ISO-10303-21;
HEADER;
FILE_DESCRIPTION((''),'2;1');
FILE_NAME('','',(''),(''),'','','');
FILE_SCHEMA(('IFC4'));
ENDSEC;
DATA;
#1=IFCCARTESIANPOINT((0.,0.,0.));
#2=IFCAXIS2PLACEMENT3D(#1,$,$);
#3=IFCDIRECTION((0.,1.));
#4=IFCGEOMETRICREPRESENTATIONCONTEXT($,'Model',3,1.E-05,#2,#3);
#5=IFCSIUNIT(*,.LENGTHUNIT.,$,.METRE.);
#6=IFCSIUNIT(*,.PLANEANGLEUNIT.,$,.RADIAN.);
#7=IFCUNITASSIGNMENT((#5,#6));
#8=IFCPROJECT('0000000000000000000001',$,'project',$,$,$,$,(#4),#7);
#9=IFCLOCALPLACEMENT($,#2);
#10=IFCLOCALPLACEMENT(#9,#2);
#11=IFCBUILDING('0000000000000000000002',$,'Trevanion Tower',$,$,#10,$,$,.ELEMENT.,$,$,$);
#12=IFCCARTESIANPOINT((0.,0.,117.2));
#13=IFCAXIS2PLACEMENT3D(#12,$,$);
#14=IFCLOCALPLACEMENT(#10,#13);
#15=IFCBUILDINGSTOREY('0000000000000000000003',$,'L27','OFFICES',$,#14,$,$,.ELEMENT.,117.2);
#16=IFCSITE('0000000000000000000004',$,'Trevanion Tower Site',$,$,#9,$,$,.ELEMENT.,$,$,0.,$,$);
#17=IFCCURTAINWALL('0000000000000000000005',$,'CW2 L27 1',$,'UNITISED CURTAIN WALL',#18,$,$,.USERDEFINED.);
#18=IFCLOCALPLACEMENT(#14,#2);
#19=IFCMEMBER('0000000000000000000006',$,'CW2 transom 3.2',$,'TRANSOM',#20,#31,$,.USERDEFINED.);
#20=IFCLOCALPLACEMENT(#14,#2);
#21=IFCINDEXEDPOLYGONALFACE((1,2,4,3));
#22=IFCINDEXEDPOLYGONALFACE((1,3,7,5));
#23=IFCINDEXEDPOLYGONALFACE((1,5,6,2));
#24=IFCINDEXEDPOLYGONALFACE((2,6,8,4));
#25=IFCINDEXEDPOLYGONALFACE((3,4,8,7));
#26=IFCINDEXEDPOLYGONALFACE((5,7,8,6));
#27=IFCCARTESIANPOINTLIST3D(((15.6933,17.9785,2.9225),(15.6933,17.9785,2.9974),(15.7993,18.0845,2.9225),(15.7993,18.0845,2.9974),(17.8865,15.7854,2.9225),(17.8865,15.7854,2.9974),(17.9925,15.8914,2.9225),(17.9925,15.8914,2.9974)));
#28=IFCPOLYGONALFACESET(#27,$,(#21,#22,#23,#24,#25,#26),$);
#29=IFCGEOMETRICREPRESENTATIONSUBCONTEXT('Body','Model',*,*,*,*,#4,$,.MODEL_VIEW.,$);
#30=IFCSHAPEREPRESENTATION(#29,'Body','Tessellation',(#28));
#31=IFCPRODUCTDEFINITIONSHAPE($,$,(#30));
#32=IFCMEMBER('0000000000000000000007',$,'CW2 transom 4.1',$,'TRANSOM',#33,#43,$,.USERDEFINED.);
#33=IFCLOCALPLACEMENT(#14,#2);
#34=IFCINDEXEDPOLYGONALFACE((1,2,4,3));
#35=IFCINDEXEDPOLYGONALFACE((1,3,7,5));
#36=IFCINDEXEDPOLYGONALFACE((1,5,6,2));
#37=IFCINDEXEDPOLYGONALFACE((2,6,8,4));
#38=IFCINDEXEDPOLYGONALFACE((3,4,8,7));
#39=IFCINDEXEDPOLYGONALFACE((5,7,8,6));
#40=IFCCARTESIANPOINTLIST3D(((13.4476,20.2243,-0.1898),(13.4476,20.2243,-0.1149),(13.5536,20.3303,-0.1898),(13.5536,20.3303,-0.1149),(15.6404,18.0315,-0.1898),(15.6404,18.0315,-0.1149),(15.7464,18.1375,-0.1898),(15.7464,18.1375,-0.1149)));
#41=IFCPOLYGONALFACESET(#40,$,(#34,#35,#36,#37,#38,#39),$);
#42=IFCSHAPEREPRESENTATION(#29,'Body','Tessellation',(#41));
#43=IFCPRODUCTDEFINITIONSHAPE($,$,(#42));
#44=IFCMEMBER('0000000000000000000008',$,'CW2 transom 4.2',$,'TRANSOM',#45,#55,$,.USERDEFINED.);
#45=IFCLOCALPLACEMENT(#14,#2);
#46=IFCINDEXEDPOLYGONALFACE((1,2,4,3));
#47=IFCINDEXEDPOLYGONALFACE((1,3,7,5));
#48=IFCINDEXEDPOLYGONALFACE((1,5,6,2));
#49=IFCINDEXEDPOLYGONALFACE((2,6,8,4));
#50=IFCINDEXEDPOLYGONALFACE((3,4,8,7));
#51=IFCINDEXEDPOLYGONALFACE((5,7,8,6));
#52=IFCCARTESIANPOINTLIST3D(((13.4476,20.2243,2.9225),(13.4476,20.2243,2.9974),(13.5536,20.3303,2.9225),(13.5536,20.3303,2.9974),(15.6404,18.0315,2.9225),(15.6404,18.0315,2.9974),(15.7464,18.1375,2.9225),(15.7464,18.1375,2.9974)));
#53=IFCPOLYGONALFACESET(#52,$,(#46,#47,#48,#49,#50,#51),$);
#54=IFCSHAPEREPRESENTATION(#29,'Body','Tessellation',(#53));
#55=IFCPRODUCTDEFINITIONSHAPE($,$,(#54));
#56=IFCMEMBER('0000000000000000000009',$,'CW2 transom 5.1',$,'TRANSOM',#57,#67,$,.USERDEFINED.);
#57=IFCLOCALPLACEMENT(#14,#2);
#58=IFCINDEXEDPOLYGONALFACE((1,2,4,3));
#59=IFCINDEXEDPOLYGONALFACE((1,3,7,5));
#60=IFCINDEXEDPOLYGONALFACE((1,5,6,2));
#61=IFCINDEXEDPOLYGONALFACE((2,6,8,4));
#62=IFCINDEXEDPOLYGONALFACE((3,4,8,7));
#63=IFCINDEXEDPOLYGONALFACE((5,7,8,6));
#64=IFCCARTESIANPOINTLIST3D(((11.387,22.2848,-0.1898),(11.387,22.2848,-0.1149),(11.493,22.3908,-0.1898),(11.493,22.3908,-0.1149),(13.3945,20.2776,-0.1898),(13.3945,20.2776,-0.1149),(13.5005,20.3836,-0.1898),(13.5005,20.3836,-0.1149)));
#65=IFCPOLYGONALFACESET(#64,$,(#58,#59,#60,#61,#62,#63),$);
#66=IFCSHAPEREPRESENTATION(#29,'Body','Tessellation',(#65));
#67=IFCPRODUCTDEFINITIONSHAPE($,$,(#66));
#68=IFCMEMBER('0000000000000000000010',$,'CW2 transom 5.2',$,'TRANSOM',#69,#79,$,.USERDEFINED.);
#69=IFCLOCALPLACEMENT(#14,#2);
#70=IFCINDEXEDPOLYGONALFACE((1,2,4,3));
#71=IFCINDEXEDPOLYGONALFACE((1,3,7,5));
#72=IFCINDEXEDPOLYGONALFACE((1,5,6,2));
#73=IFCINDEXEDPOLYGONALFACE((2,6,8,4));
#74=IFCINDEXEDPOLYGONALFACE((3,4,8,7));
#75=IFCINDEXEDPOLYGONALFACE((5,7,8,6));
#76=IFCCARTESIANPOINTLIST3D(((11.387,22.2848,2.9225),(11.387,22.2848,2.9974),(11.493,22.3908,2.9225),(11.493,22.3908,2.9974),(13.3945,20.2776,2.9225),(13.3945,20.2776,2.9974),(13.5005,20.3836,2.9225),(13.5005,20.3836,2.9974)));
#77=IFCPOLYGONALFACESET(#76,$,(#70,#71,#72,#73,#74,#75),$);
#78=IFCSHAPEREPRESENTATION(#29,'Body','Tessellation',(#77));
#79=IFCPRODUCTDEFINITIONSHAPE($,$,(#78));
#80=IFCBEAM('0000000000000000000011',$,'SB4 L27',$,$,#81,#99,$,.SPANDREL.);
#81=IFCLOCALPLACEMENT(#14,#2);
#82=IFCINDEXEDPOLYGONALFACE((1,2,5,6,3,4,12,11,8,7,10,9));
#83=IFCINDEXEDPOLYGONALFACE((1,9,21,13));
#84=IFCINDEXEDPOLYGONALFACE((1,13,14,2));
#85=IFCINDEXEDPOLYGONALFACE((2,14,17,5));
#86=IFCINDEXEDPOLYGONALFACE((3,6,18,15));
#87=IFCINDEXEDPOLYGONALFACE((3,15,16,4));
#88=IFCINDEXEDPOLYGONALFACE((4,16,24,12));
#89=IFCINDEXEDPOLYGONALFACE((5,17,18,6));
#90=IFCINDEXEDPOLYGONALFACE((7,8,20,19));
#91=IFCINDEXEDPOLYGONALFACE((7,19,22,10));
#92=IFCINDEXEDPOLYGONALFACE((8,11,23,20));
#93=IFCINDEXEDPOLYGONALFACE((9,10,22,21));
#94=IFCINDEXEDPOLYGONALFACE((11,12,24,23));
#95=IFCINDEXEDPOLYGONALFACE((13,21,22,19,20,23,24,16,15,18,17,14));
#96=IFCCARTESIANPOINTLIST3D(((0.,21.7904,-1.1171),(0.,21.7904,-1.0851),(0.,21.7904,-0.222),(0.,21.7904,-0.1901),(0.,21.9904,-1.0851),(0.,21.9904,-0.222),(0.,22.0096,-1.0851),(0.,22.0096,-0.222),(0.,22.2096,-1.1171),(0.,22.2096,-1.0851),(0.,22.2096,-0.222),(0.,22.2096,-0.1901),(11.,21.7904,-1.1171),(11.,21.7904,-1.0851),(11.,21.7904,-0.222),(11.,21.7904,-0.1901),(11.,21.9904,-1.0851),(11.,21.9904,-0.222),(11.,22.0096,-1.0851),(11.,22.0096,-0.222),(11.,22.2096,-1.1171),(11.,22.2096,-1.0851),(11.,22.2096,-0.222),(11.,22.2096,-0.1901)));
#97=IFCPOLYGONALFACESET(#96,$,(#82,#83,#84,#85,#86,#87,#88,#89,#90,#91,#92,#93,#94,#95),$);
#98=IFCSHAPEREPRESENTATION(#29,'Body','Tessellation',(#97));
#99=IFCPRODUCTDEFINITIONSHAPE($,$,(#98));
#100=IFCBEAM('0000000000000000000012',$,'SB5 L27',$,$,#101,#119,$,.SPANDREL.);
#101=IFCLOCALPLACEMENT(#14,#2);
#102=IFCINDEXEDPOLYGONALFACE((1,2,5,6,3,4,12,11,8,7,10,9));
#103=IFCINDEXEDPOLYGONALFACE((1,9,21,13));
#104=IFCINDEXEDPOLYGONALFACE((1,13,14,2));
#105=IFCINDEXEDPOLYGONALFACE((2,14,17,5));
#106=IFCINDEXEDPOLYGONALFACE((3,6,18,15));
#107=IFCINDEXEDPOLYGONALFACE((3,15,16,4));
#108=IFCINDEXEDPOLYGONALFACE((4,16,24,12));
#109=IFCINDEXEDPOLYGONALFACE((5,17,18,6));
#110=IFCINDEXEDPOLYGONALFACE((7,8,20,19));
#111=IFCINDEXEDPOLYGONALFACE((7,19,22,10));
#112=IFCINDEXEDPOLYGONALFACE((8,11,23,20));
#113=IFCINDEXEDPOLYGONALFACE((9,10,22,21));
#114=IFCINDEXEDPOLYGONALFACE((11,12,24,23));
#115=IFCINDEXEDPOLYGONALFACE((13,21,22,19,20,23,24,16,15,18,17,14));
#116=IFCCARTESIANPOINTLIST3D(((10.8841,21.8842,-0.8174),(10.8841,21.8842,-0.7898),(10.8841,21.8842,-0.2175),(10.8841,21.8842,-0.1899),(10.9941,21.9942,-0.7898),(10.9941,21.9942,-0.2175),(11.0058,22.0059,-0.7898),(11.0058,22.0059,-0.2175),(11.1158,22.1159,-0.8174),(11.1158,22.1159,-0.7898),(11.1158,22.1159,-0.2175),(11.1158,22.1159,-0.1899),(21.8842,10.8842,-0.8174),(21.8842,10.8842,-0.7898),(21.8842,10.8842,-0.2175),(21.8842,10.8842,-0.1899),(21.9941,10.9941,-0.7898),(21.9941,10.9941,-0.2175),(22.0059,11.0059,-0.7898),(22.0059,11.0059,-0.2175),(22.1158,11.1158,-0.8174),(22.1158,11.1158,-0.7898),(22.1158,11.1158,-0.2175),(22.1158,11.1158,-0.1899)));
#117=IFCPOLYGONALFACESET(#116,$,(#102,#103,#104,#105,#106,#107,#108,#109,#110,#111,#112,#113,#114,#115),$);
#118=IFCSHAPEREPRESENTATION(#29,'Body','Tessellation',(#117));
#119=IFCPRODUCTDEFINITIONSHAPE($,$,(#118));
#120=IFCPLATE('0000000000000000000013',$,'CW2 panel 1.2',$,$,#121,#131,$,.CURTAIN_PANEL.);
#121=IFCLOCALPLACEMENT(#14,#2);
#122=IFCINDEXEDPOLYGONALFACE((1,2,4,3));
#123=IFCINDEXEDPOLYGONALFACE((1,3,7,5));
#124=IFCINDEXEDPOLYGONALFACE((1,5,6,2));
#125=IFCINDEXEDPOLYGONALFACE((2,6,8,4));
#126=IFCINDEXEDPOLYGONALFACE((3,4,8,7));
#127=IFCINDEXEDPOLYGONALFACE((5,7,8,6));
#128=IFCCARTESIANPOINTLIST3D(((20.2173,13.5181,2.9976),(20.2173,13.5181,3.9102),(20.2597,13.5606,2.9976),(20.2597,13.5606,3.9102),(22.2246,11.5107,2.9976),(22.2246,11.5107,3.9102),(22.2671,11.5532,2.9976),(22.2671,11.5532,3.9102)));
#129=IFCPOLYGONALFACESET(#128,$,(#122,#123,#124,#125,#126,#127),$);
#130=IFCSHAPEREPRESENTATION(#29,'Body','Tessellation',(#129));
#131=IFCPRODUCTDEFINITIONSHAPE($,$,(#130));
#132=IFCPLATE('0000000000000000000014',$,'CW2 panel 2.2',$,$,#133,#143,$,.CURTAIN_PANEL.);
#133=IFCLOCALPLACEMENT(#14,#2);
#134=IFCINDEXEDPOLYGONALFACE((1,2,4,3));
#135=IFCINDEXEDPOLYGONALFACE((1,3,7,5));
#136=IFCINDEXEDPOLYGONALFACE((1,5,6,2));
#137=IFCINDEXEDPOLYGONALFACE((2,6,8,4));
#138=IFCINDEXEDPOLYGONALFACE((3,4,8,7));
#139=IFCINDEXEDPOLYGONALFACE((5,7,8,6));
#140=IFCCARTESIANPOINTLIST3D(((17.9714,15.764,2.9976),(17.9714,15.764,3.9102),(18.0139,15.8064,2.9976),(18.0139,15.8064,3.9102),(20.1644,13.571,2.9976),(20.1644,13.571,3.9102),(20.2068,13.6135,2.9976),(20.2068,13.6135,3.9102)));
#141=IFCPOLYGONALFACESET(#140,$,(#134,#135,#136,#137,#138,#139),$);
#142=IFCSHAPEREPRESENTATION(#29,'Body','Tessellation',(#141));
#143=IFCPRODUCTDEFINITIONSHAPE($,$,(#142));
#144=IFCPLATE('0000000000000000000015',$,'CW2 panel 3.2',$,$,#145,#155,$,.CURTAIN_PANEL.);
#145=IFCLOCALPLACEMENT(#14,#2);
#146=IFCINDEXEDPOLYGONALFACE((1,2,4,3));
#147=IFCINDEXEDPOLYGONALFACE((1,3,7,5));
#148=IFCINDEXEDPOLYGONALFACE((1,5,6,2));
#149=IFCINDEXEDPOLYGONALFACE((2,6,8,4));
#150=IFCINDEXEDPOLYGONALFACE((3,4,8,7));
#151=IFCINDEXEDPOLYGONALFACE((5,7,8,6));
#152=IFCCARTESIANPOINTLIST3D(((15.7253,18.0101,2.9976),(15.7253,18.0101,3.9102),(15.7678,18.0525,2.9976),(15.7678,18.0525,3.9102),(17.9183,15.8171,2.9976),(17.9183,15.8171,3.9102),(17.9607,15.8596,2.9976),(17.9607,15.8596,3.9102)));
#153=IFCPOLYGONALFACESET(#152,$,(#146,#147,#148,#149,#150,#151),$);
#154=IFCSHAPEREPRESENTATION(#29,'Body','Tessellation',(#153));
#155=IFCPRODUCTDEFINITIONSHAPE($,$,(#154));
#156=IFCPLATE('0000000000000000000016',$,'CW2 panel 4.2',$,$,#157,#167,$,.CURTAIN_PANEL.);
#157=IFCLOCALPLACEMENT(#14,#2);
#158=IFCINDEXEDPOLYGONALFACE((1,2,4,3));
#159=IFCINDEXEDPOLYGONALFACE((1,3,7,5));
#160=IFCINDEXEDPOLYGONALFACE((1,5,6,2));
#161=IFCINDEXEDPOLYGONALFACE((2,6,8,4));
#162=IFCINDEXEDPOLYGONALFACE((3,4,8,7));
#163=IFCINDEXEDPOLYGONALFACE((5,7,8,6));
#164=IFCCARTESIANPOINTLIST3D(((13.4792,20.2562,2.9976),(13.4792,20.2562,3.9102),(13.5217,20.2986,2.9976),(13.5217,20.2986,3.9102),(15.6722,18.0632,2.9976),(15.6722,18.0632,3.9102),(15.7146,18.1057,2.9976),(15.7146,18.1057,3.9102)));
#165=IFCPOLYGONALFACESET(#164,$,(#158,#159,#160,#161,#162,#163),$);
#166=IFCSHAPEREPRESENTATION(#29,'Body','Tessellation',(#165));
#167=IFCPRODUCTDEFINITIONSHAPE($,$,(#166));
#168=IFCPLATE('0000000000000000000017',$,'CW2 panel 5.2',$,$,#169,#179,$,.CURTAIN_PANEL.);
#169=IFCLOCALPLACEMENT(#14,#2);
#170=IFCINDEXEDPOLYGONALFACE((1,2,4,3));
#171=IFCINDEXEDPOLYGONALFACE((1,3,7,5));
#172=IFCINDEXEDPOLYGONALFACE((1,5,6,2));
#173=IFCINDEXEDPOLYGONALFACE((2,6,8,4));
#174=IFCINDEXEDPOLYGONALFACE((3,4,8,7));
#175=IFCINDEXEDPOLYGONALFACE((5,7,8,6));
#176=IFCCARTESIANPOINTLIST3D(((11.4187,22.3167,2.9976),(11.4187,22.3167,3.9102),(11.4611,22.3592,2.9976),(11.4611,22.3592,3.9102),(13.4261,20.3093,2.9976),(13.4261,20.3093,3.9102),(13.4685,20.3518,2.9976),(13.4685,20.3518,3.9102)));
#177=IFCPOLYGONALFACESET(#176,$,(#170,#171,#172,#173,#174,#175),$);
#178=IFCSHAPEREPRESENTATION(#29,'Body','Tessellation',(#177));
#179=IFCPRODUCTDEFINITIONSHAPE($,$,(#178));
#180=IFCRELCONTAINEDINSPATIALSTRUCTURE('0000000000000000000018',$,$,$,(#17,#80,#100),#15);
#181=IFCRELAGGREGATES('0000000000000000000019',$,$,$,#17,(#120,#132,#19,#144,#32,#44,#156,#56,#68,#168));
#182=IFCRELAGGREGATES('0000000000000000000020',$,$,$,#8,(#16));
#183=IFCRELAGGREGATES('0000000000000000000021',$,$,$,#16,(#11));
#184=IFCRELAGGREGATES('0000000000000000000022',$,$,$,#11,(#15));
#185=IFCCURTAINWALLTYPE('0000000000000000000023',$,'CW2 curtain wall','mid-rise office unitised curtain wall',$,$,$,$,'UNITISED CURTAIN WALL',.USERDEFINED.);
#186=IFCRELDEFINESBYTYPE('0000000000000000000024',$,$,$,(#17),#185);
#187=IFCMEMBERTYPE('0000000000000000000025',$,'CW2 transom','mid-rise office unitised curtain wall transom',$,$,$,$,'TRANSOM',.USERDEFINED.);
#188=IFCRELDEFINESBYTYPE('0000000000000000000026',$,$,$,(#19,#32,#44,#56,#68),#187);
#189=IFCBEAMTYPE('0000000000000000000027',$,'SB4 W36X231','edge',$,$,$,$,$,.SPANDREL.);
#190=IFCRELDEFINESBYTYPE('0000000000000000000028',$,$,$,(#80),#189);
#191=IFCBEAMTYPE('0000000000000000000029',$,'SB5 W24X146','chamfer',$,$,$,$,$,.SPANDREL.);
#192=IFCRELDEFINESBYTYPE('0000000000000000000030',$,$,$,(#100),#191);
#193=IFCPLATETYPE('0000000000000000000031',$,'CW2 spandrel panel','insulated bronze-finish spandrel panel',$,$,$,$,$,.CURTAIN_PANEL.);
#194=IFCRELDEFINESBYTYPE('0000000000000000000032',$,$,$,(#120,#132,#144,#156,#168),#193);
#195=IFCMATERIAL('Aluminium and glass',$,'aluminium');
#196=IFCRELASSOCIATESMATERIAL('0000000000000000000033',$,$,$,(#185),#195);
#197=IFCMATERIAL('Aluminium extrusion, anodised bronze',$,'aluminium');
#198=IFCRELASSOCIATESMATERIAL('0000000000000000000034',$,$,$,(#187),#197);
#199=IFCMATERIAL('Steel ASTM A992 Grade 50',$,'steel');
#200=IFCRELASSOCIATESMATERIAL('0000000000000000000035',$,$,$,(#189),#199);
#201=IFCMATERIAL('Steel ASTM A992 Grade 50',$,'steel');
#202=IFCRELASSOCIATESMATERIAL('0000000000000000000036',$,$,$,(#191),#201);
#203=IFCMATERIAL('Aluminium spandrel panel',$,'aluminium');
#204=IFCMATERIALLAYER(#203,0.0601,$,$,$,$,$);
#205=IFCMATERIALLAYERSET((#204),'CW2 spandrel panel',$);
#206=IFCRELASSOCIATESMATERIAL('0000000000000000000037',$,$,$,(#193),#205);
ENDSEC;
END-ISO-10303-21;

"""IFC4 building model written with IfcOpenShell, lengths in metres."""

from ifc_helpers import new_model, si_unit, direction, frame, origin, origin_2d, place, context, subcontext, project, spatial, rectangle, i_section, extrude, material, layer, layer_set, material_profile, profile_set, type_object, element, aggregate, save


model = new_model("IFC4")

# Units and contexts
model_context = context("Model", 3, precision=1e-05, world=origin(), true_north=direction((0.0, 1.0)))
body_context = subcontext(model_context, "Body", "Model", "MODEL_VIEW")
ifc_project = project(units=[si_unit("LENGTHUNIT", "METRE"), si_unit("PLANEANGLEUNIT", "RADIAN")], contexts=[model_context])

# Site, building, storey
site_placement = place(None, origin())
site = spatial("IfcSite", under=ifc_project, at=site_placement, Name="Trevanion Tower Site", CompositionType="ELEMENT", RefElevation=0.0)
building_placement = place(site_placement, origin())
building = spatial("IfcBuilding", under=site, at=building_placement, Name="Trevanion Tower", CompositionType="ELEMENT")
storey_placement = place(building_placement, frame((0.0, 0.0, 117.2)))
storey = spatial("IfcBuildingStorey", under=building, at=storey_placement, Name="L27", Description="OFFICES", CompositionType="ELEMENT", Elevation=117.2)

# Curtain wall
ifc_material_1 = material(Name="Aluminium and glass", Category="aluminium")
curtain_wall_type = type_object("IfcCurtainWallType", Name="CW2 curtain wall", Description="mid-rise office unitised curtain wall", ElementType="UNITISED CURTAIN WALL", PredefinedType="USERDEFINED", material=ifc_material_1)
curtain_wall_1_placement = place(storey_placement, origin())
curtain_wall_1 = element("IfcCurtainWall", 1, at=curtain_wall_1_placement, inside=storey, type_object=curtain_wall_type, Name="CW2 L27 1", ObjectType="UNITISED CURTAIN WALL", PredefinedType="USERDEFINED")

# Members
ifc_material_2 = material(Name="Aluminium extrusion, anodised bronze", Category="aluminium")
ifc_material_profile_1 = material_profile(ifc_material_2, rectangle(XDim=0.1499, YDim=0.075, at=origin_2d()), Name="CW2 transom")
ifc_profile_set_1 = profile_set([ifc_material_profile_1], Name="Aluminium extrusion, anodised bronze")
member_type_1 = type_object("IfcMemberType", Name="CW2 transom", Description="mid-rise office unitised curtain wall transom", ElementType="TRANSOM", PredefinedType="USERDEFINED", material=ifc_profile_set_1)
member_1_placement = place(storey_placement, frame((17.9395, 15.8384, 2.96), z_axis=(-0.707107, 0.707107, 0.0), x_axis=(-0.707107, -0.707107, 0.0)))
member_1 = element("IfcMember", 2, at=member_1_placement, type_object=member_type_1, Name="CW2 transom 3.2", ObjectType="TRANSOM", PredefinedType="USERDEFINED", context=body_context, shape_type="SweptSolid", body=[
    extrude(rectangle(XDim=0.1499, YDim=0.075, at=origin_2d()), origin(), (0.0, 0.0, 1.0), 3.1016),
])
member_2_placement = place(storey_placement, frame((15.6934, 18.0845, -0.1523), z_axis=(-0.707107, 0.707107, 0.0), x_axis=(-0.707107, -0.707107, 0.0)))
member_2 = element("IfcMember", 3, at=member_2_placement, type_object=member_type_1, Name="CW2 transom 4.1", ObjectType="TRANSOM", PredefinedType="USERDEFINED", context=body_context, shape_type="SweptSolid", body=[
    extrude(rectangle(XDim=0.1499, YDim=0.075, at=origin_2d()), origin(), (0.0, 0.0, 1.0), 3.1011),
])
member_3_placement = place(storey_placement, frame((15.6934, 18.0845, 2.96), z_axis=(-0.707107, 0.707107, 0.0), x_axis=(-0.707107, -0.707107, 0.0)))
member_3 = element("IfcMember", 4, at=member_3_placement, type_object=member_type_1, Name="CW2 transom 4.2", ObjectType="TRANSOM", PredefinedType="USERDEFINED", context=body_context, shape_type="SweptSolid", body=[
    extrude(rectangle(XDim=0.1499, YDim=0.075, at=origin_2d()), origin(), (0.0, 0.0, 1.0), 3.1011),
])
member_4_placement = place(storey_placement, frame((13.4475, 20.3306, -0.1523), z_axis=(-0.70715, 0.707064, 0.0), x_axis=(-0.707064, -0.70715, 0.0)))
member_4 = element("IfcMember", 5, at=member_4_placement, type_object=member_type_1, Name="CW2 transom 5.1", ObjectType="TRANSOM", PredefinedType="USERDEFINED", context=body_context, shape_type="SweptSolid", body=[
    extrude(rectangle(XDim=0.1499, YDim=0.075, at=origin_2d()), origin(), (0.0, 0.0, 1.0), 2.8389),
])
member_5_placement = place(storey_placement, frame((13.4475, 20.3306, 2.96), z_axis=(-0.70715, 0.707064, 0.0), x_axis=(-0.707064, -0.70715, 0.0)))
member_5 = element("IfcMember", 6, at=member_5_placement, type_object=member_type_1, Name="CW2 transom 5.2", ObjectType="TRANSOM", PredefinedType="USERDEFINED", context=body_context, shape_type="SweptSolid", body=[
    extrude(rectangle(XDim=0.1499, YDim=0.075, at=origin_2d()), origin(), (0.0, 0.0, 1.0), 2.8389),
])

# Beams
ifc_material_3 = material(Name="Steel ASTM A992 Grade 50", Category="steel")
ifc_material_profile_2 = material_profile(ifc_material_3, i_section(OverallWidth=0.4192, OverallDepth=0.927, WebThickness=0.0193, FlangeThickness=0.032, at=origin_2d()), Name="W36X231")
ifc_profile_set_2 = profile_set([ifc_material_profile_2], Name="Steel ASTM A992 Grade 50")
beam_type_1 = type_object("IfcBeamType", Name="SB4 W36X231", Description="edge", PredefinedType="SPANDREL", material=ifc_profile_set_2)
beam_1_placement = place(storey_placement, frame((11.0, 22.0, -0.6536), z_axis=(-1.0, 0.0, 0.0), x_axis=(0.0, -1.0, 0.0)))
element("IfcBeam", 7, at=beam_1_placement, inside=storey, type_object=beam_type_1, Name="SB4 L27", PredefinedType="SPANDREL", context=body_context, shape_type="SweptSolid", body=[
    extrude(i_section(OverallWidth=0.4192, OverallDepth=0.927, WebThickness=0.0193, FlangeThickness=0.032, at=origin_2d()), origin(), (0.0, 0.0, 1.0), 11.0),
])
ifc_material_4 = material(Name="Steel ASTM A992 Grade 50", Category="steel")
ifc_material_profile_3 = material_profile(ifc_material_4, i_section(OverallWidth=0.3276, OverallDepth=0.6274, WebThickness=0.0166, FlangeThickness=0.0276, at=origin_2d()), Name="W24X146")
ifc_profile_set_3 = profile_set([ifc_material_profile_3], Name="Steel ASTM A992 Grade 50")
beam_type_2 = type_object("IfcBeamType", Name="SB5 W24X146", Description="chamfer", PredefinedType="SPANDREL", material=ifc_profile_set_3)
beam_2_placement = place(storey_placement, frame((22.0, 11.0, -0.5037), z_axis=(-0.707107, 0.707107, 0.0), x_axis=(-0.707107, -0.707107, 0.0)))
element("IfcBeam", 8, at=beam_2_placement, inside=storey, type_object=beam_type_2, Name="SB5 L27", PredefinedType="SPANDREL", context=body_context, shape_type="SweptSolid", body=[
    extrude(i_section(OverallWidth=0.3276, OverallDepth=0.6274, WebThickness=0.0166, FlangeThickness=0.0276, at=origin_2d()), origin(), (0.0, 0.0, 1.0), 15.5564),
])

# Plates
ifc_material_5 = material(Name="Aluminium spandrel panel", Category="aluminium")
ifc_layer_1 = layer(ifc_material_5, 0.0601)
ifc_layer_set_1 = layer_set([ifc_layer_1], Name="CW2 spandrel panel")
plate_type_1 = type_object("IfcPlateType", Name="CW2 spandrel panel", Description="insulated bronze-finish spandrel panel", PredefinedType="CURTAIN_PANEL", material=ifc_layer_set_1)
plate_1_placement = place(storey_placement, frame((21.2422, 12.5356, 2.9976), z_axis=(0.0, 0.0, 1.0), x_axis=(-0.707107, 0.707107, 0.0)))
plate_1 = element("IfcPlate", 9, at=plate_1_placement, type_object=plate_type_1, Name="CW2 panel 1.2", PredefinedType="CURTAIN_PANEL", context=body_context, shape_type="SweptSolid", body=[
    extrude(rectangle(XDim=2.8389, YDim=0.0601, at=origin_2d()), origin(), (0.0, 0.0, 1.0), 0.9126),
])
plate_2_placement = place(storey_placement, frame((19.0891, 14.6887, 2.9976), z_axis=(0.0, 0.0, 1.0), x_axis=(-0.707107, 0.707107, 0.0)))
plate_2 = element("IfcPlate", 10, at=plate_2_placement, type_object=plate_type_1, Name="CW2 panel 2.2", PredefinedType="CURTAIN_PANEL", context=body_context, shape_type="SweptSolid", body=[
    extrude(rectangle(XDim=3.1013, YDim=0.0601, at=origin_2d()), origin(), (0.0, 0.0, 1.0), 0.9126),
])
plate_3_placement = place(storey_placement, frame((16.843, 16.9348, 2.9976), z_axis=(0.0, 0.0, 1.0), x_axis=(-0.707107, 0.707107, 0.0)))
plate_3 = element("IfcPlate", 11, at=plate_3_placement, type_object=plate_type_1, Name="CW2 panel 3.2", PredefinedType="CURTAIN_PANEL", context=body_context, shape_type="SweptSolid", body=[
    extrude(rectangle(XDim=3.1013, YDim=0.0601, at=origin_2d()), origin(), (0.0, 0.0, 1.0), 0.9126),
])
plate_4_placement = place(storey_placement, frame((14.5969, 19.1809, 2.9976), z_axis=(0.0, 0.0, 1.0), x_axis=(-0.707107, 0.707107, 0.0)))
plate_4 = element("IfcPlate", 12, at=plate_4_placement, type_object=plate_type_1, Name="CW2 panel 4.2", PredefinedType="CURTAIN_PANEL", context=body_context, shape_type="SweptSolid", body=[
    extrude(rectangle(XDim=3.1013, YDim=0.0601, at=origin_2d()), origin(), (0.0, 0.0, 1.0), 0.9126),
])
plate_5_placement = place(storey_placement, frame((12.4436, 21.3342, 2.9976), z_axis=(0.0, 0.0, 1.0), x_axis=(-0.707107, 0.707107, 0.0)))
plate_5 = element("IfcPlate", 13, at=plate_5_placement, type_object=plate_type_1, Name="CW2 panel 5.2", PredefinedType="CURTAIN_PANEL", context=body_context, shape_type="SweptSolid", body=[
    extrude(rectangle(XDim=2.8389, YDim=0.0601, at=origin_2d()), origin(), (0.0, 0.0, 1.0), 0.9126),
])
aggregate(curtain_wall_1, [plate_1, plate_2, member_1, plate_3, member_2, member_3, plate_4, member_4, member_5, plate_5])

save(model, "model.ifc")
